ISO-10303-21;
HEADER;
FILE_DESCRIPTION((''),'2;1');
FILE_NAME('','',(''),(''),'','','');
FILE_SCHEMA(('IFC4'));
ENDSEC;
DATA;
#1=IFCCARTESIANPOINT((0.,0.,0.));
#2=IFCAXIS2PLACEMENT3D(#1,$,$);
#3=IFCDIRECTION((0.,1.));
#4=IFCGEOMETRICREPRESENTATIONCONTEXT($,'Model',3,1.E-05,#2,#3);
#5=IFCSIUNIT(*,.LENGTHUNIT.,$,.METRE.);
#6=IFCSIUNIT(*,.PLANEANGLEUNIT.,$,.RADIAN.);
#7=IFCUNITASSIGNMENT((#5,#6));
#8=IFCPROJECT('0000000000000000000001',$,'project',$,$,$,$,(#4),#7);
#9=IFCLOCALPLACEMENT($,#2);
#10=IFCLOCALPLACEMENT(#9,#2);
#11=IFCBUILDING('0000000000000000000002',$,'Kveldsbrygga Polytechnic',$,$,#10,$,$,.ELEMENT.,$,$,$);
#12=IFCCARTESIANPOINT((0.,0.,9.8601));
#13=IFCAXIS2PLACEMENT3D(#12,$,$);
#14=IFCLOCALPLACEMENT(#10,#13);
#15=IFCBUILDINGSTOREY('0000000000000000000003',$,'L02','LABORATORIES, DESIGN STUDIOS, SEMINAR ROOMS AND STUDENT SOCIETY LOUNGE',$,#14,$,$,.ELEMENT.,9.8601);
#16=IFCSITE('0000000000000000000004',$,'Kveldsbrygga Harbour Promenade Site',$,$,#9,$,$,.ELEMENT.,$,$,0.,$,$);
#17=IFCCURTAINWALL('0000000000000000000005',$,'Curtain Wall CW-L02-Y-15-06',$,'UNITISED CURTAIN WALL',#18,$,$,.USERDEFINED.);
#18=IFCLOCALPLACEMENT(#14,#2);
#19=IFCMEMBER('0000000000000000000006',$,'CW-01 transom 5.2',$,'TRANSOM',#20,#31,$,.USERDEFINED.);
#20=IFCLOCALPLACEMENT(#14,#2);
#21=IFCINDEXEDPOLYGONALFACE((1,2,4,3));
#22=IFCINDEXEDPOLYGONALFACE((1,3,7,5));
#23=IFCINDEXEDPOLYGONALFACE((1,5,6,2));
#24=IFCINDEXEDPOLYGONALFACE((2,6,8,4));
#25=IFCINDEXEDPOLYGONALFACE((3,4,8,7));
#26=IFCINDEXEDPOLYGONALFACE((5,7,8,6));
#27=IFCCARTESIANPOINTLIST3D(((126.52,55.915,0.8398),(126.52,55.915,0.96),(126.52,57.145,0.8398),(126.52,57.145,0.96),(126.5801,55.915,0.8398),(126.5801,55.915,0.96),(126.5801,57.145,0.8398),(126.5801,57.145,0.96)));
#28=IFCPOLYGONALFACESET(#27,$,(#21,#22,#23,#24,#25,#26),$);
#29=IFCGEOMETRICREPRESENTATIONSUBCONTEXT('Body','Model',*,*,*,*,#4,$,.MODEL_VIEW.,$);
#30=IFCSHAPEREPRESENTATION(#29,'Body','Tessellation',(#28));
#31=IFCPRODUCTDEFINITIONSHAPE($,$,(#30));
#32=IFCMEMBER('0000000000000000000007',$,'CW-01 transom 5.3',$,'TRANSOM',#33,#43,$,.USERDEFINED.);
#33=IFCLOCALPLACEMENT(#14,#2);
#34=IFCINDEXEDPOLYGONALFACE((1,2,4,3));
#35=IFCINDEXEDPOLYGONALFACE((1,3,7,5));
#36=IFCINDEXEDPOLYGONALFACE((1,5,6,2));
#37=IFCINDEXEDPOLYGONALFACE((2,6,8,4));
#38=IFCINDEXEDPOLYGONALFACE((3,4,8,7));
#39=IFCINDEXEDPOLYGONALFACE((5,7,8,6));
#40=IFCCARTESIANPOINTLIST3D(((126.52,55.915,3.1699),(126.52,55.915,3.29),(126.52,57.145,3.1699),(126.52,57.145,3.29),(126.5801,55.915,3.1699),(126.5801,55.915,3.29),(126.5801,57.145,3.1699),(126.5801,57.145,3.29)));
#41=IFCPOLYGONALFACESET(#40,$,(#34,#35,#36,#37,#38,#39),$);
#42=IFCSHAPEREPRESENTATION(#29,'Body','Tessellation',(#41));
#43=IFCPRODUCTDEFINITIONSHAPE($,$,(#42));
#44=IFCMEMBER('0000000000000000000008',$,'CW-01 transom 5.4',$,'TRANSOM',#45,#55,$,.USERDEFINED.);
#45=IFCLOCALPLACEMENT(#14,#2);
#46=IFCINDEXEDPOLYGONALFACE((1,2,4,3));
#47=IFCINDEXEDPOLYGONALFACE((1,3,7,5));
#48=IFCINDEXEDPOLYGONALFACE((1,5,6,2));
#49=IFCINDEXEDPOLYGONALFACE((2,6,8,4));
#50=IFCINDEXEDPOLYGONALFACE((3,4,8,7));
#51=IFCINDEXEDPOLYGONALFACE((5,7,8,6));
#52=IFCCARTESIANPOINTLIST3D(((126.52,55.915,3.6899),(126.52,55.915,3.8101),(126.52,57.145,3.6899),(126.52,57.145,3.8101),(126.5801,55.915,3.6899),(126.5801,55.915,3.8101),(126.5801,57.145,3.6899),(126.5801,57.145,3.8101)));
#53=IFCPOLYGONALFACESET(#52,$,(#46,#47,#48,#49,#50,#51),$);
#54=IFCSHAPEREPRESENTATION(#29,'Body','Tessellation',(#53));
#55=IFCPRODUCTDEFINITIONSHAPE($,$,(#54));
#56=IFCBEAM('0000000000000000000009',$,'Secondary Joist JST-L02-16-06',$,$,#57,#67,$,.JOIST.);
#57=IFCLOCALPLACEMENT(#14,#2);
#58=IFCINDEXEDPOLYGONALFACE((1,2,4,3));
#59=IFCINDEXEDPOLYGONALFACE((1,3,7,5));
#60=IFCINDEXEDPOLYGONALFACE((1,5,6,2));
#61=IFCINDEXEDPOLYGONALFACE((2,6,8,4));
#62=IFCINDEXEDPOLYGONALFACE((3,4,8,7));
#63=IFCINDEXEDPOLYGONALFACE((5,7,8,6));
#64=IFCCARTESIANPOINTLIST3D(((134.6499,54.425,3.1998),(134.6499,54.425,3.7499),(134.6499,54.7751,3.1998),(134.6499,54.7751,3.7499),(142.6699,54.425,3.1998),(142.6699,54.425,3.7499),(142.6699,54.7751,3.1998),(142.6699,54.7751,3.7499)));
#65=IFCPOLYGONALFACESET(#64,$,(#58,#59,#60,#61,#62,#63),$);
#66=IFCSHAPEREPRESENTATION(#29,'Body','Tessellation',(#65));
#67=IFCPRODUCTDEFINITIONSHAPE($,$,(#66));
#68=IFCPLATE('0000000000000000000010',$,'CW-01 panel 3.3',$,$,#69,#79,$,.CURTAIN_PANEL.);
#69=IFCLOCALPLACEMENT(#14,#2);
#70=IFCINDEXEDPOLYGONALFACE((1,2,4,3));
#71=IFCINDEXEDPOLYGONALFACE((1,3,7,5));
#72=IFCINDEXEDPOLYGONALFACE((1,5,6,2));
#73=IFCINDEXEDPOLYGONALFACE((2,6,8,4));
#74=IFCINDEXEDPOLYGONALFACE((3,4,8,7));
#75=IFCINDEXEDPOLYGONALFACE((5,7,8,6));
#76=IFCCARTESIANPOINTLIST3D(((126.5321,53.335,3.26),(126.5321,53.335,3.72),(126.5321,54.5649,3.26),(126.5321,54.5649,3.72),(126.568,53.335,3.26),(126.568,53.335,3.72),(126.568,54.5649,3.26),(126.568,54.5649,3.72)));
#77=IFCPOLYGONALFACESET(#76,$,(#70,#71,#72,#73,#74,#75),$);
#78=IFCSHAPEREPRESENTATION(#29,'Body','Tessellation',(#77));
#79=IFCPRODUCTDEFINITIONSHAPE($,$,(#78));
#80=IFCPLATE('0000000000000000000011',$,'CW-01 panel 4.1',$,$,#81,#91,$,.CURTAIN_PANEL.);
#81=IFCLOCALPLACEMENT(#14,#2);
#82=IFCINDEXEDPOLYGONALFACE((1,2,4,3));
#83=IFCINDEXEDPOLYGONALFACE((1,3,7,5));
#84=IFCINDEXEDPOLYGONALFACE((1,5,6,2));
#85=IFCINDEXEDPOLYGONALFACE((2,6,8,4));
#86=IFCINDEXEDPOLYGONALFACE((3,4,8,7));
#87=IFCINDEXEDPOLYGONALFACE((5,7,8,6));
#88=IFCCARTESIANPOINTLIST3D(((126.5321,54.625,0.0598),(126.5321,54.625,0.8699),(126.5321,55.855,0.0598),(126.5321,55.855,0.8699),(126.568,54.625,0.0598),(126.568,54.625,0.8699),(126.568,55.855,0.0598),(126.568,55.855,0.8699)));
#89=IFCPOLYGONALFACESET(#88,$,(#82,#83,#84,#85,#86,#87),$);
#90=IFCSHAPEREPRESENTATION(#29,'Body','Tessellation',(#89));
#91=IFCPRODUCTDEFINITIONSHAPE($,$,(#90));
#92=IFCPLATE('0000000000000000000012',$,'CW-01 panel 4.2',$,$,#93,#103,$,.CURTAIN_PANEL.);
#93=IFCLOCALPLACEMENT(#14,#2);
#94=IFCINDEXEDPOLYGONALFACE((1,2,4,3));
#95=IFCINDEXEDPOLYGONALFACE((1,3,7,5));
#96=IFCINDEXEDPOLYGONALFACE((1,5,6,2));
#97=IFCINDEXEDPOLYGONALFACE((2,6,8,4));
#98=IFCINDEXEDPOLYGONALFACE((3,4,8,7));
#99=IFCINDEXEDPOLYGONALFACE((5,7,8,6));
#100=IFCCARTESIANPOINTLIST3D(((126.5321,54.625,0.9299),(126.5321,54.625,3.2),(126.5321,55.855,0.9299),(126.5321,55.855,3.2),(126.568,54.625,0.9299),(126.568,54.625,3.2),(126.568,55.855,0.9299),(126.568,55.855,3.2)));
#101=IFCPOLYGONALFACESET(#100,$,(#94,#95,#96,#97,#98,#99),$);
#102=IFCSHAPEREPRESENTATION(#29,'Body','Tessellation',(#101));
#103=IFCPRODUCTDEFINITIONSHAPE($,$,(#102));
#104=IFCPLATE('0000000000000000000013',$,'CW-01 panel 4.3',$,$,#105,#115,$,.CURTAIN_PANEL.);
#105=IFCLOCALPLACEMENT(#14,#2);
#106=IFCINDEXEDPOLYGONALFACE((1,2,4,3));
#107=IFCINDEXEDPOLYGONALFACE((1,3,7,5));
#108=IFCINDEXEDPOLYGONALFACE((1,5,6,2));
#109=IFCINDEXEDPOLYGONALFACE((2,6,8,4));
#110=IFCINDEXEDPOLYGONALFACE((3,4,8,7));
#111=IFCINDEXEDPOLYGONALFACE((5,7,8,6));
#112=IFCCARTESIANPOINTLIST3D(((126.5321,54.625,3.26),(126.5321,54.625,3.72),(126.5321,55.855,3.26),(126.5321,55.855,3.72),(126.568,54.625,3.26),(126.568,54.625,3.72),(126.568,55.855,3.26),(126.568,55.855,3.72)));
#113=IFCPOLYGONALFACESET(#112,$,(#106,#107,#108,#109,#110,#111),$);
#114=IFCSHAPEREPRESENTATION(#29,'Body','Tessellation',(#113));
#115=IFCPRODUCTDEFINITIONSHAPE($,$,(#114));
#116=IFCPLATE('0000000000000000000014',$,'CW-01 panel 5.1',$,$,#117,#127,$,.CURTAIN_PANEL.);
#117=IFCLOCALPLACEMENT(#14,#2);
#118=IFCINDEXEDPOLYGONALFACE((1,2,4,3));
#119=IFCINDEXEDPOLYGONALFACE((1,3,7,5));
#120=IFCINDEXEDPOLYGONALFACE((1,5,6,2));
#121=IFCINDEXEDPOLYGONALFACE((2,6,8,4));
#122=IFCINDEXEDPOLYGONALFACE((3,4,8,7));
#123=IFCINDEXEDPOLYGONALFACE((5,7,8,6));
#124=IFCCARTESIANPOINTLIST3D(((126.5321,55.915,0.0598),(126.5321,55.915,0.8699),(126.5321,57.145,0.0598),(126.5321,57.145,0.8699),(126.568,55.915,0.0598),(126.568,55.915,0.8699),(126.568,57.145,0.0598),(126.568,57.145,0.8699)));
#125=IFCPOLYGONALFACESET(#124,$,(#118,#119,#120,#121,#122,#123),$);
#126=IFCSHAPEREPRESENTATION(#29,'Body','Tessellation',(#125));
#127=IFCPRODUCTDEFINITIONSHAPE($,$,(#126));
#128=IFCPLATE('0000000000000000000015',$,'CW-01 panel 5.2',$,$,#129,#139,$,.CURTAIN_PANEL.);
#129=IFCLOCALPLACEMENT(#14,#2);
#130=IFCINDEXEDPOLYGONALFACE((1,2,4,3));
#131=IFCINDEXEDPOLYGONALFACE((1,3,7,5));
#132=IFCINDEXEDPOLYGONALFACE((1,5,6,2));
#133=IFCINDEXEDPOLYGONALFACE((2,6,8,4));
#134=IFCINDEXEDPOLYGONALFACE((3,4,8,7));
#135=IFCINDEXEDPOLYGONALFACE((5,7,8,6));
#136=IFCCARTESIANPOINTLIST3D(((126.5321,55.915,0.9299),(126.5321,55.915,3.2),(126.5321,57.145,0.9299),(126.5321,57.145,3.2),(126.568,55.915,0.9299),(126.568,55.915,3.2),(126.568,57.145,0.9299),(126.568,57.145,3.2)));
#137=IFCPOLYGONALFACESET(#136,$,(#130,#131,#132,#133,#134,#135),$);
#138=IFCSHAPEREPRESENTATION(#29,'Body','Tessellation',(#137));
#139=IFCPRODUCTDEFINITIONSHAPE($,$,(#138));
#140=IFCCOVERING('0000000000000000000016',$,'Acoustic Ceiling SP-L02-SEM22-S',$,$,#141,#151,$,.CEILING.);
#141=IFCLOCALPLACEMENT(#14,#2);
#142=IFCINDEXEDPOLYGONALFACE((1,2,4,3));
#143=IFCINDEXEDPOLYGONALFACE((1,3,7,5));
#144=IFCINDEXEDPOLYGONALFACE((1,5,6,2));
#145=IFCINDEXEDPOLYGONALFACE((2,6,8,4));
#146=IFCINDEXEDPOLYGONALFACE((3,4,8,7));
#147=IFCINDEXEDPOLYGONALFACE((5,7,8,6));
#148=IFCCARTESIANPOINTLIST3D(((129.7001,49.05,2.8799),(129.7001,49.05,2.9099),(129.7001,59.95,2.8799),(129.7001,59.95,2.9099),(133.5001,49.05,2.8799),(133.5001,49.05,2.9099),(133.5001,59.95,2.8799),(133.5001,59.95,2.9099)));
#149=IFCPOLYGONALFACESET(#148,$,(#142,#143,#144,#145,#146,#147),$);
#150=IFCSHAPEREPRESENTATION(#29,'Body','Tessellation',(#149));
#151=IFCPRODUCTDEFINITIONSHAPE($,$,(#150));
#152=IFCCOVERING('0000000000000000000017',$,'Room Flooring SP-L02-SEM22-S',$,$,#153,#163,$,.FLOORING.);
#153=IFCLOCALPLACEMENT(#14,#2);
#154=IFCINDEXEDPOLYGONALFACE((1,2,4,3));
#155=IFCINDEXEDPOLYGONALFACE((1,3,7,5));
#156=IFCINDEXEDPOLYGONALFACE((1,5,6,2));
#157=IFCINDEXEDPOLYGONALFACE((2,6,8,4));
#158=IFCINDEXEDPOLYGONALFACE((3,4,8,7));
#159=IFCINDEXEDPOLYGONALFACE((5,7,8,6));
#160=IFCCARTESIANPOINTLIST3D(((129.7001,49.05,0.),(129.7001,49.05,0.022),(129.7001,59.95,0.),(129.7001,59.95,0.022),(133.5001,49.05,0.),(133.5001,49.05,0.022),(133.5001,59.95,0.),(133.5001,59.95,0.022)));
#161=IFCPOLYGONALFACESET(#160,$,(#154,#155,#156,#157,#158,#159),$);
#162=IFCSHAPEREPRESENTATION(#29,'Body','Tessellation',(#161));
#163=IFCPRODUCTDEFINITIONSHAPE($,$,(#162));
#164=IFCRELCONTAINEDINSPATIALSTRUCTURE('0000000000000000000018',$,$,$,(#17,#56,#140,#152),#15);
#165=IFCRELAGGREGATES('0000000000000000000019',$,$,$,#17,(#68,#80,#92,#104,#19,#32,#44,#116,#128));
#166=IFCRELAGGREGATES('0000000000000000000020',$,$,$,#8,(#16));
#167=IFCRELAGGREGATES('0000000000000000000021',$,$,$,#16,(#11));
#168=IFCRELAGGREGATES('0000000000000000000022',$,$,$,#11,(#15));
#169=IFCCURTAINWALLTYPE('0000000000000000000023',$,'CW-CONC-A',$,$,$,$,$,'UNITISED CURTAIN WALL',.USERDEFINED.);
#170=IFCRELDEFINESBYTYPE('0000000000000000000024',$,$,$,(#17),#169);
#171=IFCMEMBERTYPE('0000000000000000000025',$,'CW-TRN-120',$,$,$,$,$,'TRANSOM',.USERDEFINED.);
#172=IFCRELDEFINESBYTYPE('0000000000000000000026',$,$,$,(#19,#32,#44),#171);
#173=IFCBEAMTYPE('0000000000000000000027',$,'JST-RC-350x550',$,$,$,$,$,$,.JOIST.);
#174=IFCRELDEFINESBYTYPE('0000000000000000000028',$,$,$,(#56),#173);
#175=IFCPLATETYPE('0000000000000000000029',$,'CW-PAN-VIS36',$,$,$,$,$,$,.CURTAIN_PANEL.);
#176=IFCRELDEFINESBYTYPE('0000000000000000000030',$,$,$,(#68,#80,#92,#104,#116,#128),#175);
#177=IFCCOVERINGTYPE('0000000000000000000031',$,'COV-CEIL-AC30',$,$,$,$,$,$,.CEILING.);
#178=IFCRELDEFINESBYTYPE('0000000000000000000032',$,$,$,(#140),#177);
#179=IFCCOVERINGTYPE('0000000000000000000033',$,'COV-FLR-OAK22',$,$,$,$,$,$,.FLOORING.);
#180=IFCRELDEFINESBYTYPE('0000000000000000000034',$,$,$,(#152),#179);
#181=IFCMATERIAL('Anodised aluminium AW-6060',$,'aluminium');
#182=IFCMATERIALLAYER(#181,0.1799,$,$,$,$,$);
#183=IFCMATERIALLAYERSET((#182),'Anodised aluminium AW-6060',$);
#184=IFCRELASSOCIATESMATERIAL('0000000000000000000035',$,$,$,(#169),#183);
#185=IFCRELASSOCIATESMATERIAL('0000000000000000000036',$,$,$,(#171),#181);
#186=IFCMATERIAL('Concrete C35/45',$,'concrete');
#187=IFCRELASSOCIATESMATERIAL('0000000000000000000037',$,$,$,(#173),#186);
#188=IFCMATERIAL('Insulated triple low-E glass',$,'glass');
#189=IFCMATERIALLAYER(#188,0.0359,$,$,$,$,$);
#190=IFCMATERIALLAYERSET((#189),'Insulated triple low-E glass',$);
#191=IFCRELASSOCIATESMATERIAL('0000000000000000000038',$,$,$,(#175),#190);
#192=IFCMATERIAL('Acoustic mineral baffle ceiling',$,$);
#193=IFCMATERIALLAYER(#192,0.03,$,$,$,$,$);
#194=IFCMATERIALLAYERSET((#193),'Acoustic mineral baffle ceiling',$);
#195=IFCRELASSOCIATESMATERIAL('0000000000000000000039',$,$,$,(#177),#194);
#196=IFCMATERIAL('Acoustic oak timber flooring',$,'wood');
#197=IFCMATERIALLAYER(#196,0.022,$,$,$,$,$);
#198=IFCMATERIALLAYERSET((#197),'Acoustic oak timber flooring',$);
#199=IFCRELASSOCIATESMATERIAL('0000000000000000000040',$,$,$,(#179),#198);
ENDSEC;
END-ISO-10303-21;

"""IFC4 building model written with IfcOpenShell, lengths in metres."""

from ifc_helpers import new_model, si_unit, direction, frame, origin, origin_2d, place, context, subcontext, project, spatial, rectangle, extrude, material, layer, layer_set, material_profile, profile_set, type_object, element, aggregate, save


model = new_model("IFC4")

# Units and contexts
model_context = context("Model", 3, precision=1e-05, world=origin(), true_north=direction((0.0, 1.0)))
body_context = subcontext(model_context, "Body", "Model", "MODEL_VIEW")
ifc_project = project(units=[si_unit("LENGTHUNIT", "METRE"), si_unit("PLANEANGLEUNIT", "RADIAN")], contexts=[model_context])

# Site, building, storey
site_placement = place(None, origin())
site = spatial("IfcSite", under=ifc_project, at=site_placement, Name="Kveldsbrygga Harbour Promenade Site", CompositionType="ELEMENT", RefElevation=0.0)
building_placement = place(site_placement, origin())
building = spatial("IfcBuilding", under=site, at=building_placement, Name="Kveldsbrygga Polytechnic", CompositionType="ELEMENT")
storey_placement = place(building_placement, frame((0.0, 0.0, 9.8601)))
storey = spatial("IfcBuildingStorey", under=building, at=storey_placement, Name="L02", Description="LABORATORIES, DESIGN STUDIOS, SEMINAR ROOMS AND STUDENT SOCIETY LOUNGE", CompositionType="ELEMENT", Elevation=9.8601)

# Shared definitions
ifc_material_1 = material(Name="Concrete C35/45", Category="concrete")

# Curtain wall, members
ifc_material_2 = material(Name="Anodised aluminium AW-6060", Category="aluminium")
ifc_layer_1 = layer(ifc_material_2, 0.1799)
ifc_layer_set_1 = layer_set([ifc_layer_1], Name="Anodised aluminium AW-6060")
curtain_wall_type = type_object("IfcCurtainWallType", Name="CW-CONC-A", ElementType="UNITISED CURTAIN WALL", PredefinedType="USERDEFINED", material=ifc_layer_set_1)
curtain_wall_placement = place(storey_placement, origin())
curtain_wall = element("IfcCurtainWall", 1, at=curtain_wall_placement, inside=storey, type_object=curtain_wall_type, Name="Curtain Wall CW-L02-Y-15-06", ObjectType="UNITISED CURTAIN WALL", PredefinedType="USERDEFINED")
ifc_material_profile_1 = material_profile(ifc_material_2, rectangle(XDim=0.0601, YDim=0.1201, at=origin_2d()), Name="ALU 60x120")
ifc_profile_set_1 = profile_set([ifc_material_profile_1], Name="Anodised aluminium AW-6060")
member_type_1 = type_object("IfcMemberType", Name="CW-TRN-120", ElementType="TRANSOM", PredefinedType="USERDEFINED", material=ifc_profile_set_1)
member_1_placement = place(storey_placement, frame((126.55, 55.915, 0.8999), z_axis=(0.0, 1.0, 0.0), x_axis=(-1.0, 0.0, 0.0)))
member_1 = element("IfcMember", 2, at=member_1_placement, type_object=member_type_1, Name="CW-01 transom 5.2", ObjectType="TRANSOM", PredefinedType="USERDEFINED", context=body_context, shape_type="SweptSolid", body=[
    extrude(rectangle(XDim=0.0601, YDim=0.1201, at=origin_2d()), origin(), (0.0, 0.0, 1.0), 1.23),
])
member_2_placement = place(storey_placement, frame((126.55, 55.915, 3.23), z_axis=(0.0, 1.0, 0.0), x_axis=(-1.0, 0.0, 0.0)))
member_2 = element("IfcMember", 3, at=member_2_placement, type_object=member_type_1, Name="CW-01 transom 5.3", ObjectType="TRANSOM", PredefinedType="USERDEFINED", context=body_context, shape_type="SweptSolid", body=[
    extrude(rectangle(XDim=0.0601, YDim=0.1201, at=origin_2d()), origin(), (0.0, 0.0, 1.0), 1.23),
])
member_3_placement = place(storey_placement, frame((126.55, 55.915, 3.75), z_axis=(0.0, 1.0, 0.0), x_axis=(-1.0, 0.0, 0.0)))
member_3 = element("IfcMember", 4, at=member_3_placement, type_object=member_type_1, Name="CW-01 transom 5.4", ObjectType="TRANSOM", PredefinedType="USERDEFINED", context=body_context, shape_type="SweptSolid", body=[
    extrude(rectangle(XDim=0.0601, YDim=0.1201, at=origin_2d()), origin(), (0.0, 0.0, 1.0), 1.23),
])

# Beam
ifc_material_profile_2 = material_profile(ifc_material_1, rectangle(XDim=0.3501, YDim=0.55, at=origin_2d()), Name="RC 350x550")
ifc_profile_set_2 = profile_set([ifc_material_profile_2], Name="Concrete C35/45")
beam_type_1 = type_object("IfcBeamType", Name="JST-RC-350x550", PredefinedType="JOIST", material=ifc_profile_set_2)
beam_1_placement = place(storey_placement, frame((134.6499, 54.6001, 3.4749), z_axis=(1.0, 0.0, 0.0), x_axis=(0.0, 1.0, 0.0)))
element("IfcBeam", 5, at=beam_1_placement, inside=storey, type_object=beam_type_1, Name="Secondary Joist JST-L02-16-06", PredefinedType="JOIST", context=body_context, shape_type="SweptSolid", body=[
    extrude(rectangle(XDim=0.3501, YDim=0.55, at=origin_2d()), origin(), (0.0, 0.0, 1.0), 8.02),
])

# Plates
ifc_material_3 = material(Name="Insulated triple low-E glass", Category="glass")
ifc_layer_2 = layer(ifc_material_3, 0.0359)
ifc_layer_set_2 = layer_set([ifc_layer_2], Name="Insulated triple low-E glass")
plate_type = type_object("IfcPlateType", Name="CW-PAN-VIS36", PredefinedType="CURTAIN_PANEL", material=ifc_layer_set_2)
plate_1_placement = place(storey_placement, frame((126.55, 53.95, 3.26), z_axis=(0.0, 0.0, 1.0), x_axis=(0.0, 1.0, 0.0)))
plate_1 = element("IfcPlate", 6, at=plate_1_placement, type_object=plate_type, Name="CW-01 panel 3.3", PredefinedType="CURTAIN_PANEL", context=body_context, shape_type="SweptSolid", body=[
    extrude(rectangle(XDim=1.23, YDim=0.0359, at=origin_2d()), origin(), (0.0, 0.0, 1.0), 0.46),
])
plate_2_placement = place(storey_placement, frame((126.55, 55.24, 0.0598), z_axis=(0.0, 0.0, 1.0), x_axis=(0.0, 1.0, 0.0)))
plate_2 = element("IfcPlate", 7, at=plate_2_placement, type_object=plate_type, Name="CW-01 panel 4.1", PredefinedType="CURTAIN_PANEL", context=body_context, shape_type="SweptSolid", body=[
    extrude(rectangle(XDim=1.23, YDim=0.0359, at=origin_2d()), origin(), (0.0, 0.0, 1.0), 0.8101),
])
plate_3_placement = place(storey_placement, frame((126.55, 55.24, 0.9299), z_axis=(0.0, 0.0, 1.0), x_axis=(0.0, 1.0, 0.0)))
plate_3 = element("IfcPlate", 8, at=plate_3_placement, type_object=plate_type, Name="CW-01 panel 4.2", PredefinedType="CURTAIN_PANEL", context=body_context, shape_type="SweptSolid", body=[
    extrude(rectangle(XDim=1.23, YDim=0.0359, at=origin_2d()), origin(), (0.0, 0.0, 1.0), 2.27),
])
plate_4_placement = place(storey_placement, frame((126.55, 55.24, 3.26), z_axis=(0.0, 0.0, 1.0), x_axis=(0.0, 1.0, 0.0)))
plate_4 = element("IfcPlate", 9, at=plate_4_placement, type_object=plate_type, Name="CW-01 panel 4.3", PredefinedType="CURTAIN_PANEL", context=body_context, shape_type="SweptSolid", body=[
    extrude(rectangle(XDim=1.23, YDim=0.0359, at=origin_2d()), origin(), (0.0, 0.0, 1.0), 0.46),
])
plate_5_placement = place(storey_placement, frame((126.55, 56.53, 0.0598), z_axis=(0.0, 0.0, 1.0), x_axis=(0.0, 1.0, 0.0)))
plate_5 = element("IfcPlate", 10, at=plate_5_placement, type_object=plate_type, Name="CW-01 panel 5.1", PredefinedType="CURTAIN_PANEL", context=body_context, shape_type="SweptSolid", body=[
    extrude(rectangle(XDim=1.23, YDim=0.0359, at=origin_2d()), origin(), (0.0, 0.0, 1.0), 0.8101),
])
plate_6_placement = place(storey_placement, frame((126.55, 56.53, 0.9299), z_axis=(0.0, 0.0, 1.0), x_axis=(0.0, 1.0, 0.0)))
plate_6 = element("IfcPlate", 11, at=plate_6_placement, type_object=plate_type, Name="CW-01 panel 5.2", PredefinedType="CURTAIN_PANEL", context=body_context, shape_type="SweptSolid", body=[
    extrude(rectangle(XDim=1.23, YDim=0.0359, at=origin_2d()), origin(), (0.0, 0.0, 1.0), 2.27),
])
aggregate(curtain_wall, [plate_1, plate_2, plate_3, plate_4, member_1, member_2, member_3, plate_5, plate_6])

# Coverings
ifc_material_4 = material(Name="Acoustic mineral baffle ceiling")
ifc_layer_3 = layer(ifc_material_4, 0.03)
ifc_layer_set_3 = layer_set([ifc_layer_3], Name="Acoustic mineral baffle ceiling")
covering_type_1 = type_object("IfcCoveringType", Name="COV-CEIL-AC30", PredefinedType="CEILING", material=ifc_layer_set_3)
covering_1_placement = place(storey_placement, frame((131.6001, 54.5, 2.8799), z_axis=(0.0, 0.0, 1.0), x_axis=(1.0, 0.0, 0.0)))
element("IfcCovering", 12, at=covering_1_placement, inside=storey, type_object=covering_type_1, Name="Acoustic Ceiling SP-L02-SEM22-S", PredefinedType="CEILING", context=body_context, shape_type="SweptSolid", body=[
    extrude(rectangle(XDim=3.8, YDim=10.8999, at=origin_2d()), origin(), (0.0, 0.0, 1.0), 0.03),
])
ifc_material_5 = material(Name="Acoustic oak timber flooring", Category="wood")
ifc_layer_4 = layer(ifc_material_5, 0.022)
ifc_layer_set_4 = layer_set([ifc_layer_4], Name="Acoustic oak timber flooring")
covering_type_2 = type_object("IfcCoveringType", Name="COV-FLR-OAK22", PredefinedType="FLOORING", material=ifc_layer_set_4)
covering_2_placement = place(storey_placement, frame((131.6001, 54.5, 0.0), z_axis=(0.0, 0.0, 1.0), x_axis=(1.0, 0.0, 0.0)))
element("IfcCovering", 13, at=covering_2_placement, inside=storey, type_object=covering_type_2, Name="Room Flooring SP-L02-SEM22-S", PredefinedType="FLOORING", context=body_context, shape_type="SweptSolid", body=[
    extrude(rectangle(XDim=3.8, YDim=10.8999, at=origin_2d()), origin(), (0.0, 0.0, 1.0), 0.022),
])

save(model, "model.ifc")
